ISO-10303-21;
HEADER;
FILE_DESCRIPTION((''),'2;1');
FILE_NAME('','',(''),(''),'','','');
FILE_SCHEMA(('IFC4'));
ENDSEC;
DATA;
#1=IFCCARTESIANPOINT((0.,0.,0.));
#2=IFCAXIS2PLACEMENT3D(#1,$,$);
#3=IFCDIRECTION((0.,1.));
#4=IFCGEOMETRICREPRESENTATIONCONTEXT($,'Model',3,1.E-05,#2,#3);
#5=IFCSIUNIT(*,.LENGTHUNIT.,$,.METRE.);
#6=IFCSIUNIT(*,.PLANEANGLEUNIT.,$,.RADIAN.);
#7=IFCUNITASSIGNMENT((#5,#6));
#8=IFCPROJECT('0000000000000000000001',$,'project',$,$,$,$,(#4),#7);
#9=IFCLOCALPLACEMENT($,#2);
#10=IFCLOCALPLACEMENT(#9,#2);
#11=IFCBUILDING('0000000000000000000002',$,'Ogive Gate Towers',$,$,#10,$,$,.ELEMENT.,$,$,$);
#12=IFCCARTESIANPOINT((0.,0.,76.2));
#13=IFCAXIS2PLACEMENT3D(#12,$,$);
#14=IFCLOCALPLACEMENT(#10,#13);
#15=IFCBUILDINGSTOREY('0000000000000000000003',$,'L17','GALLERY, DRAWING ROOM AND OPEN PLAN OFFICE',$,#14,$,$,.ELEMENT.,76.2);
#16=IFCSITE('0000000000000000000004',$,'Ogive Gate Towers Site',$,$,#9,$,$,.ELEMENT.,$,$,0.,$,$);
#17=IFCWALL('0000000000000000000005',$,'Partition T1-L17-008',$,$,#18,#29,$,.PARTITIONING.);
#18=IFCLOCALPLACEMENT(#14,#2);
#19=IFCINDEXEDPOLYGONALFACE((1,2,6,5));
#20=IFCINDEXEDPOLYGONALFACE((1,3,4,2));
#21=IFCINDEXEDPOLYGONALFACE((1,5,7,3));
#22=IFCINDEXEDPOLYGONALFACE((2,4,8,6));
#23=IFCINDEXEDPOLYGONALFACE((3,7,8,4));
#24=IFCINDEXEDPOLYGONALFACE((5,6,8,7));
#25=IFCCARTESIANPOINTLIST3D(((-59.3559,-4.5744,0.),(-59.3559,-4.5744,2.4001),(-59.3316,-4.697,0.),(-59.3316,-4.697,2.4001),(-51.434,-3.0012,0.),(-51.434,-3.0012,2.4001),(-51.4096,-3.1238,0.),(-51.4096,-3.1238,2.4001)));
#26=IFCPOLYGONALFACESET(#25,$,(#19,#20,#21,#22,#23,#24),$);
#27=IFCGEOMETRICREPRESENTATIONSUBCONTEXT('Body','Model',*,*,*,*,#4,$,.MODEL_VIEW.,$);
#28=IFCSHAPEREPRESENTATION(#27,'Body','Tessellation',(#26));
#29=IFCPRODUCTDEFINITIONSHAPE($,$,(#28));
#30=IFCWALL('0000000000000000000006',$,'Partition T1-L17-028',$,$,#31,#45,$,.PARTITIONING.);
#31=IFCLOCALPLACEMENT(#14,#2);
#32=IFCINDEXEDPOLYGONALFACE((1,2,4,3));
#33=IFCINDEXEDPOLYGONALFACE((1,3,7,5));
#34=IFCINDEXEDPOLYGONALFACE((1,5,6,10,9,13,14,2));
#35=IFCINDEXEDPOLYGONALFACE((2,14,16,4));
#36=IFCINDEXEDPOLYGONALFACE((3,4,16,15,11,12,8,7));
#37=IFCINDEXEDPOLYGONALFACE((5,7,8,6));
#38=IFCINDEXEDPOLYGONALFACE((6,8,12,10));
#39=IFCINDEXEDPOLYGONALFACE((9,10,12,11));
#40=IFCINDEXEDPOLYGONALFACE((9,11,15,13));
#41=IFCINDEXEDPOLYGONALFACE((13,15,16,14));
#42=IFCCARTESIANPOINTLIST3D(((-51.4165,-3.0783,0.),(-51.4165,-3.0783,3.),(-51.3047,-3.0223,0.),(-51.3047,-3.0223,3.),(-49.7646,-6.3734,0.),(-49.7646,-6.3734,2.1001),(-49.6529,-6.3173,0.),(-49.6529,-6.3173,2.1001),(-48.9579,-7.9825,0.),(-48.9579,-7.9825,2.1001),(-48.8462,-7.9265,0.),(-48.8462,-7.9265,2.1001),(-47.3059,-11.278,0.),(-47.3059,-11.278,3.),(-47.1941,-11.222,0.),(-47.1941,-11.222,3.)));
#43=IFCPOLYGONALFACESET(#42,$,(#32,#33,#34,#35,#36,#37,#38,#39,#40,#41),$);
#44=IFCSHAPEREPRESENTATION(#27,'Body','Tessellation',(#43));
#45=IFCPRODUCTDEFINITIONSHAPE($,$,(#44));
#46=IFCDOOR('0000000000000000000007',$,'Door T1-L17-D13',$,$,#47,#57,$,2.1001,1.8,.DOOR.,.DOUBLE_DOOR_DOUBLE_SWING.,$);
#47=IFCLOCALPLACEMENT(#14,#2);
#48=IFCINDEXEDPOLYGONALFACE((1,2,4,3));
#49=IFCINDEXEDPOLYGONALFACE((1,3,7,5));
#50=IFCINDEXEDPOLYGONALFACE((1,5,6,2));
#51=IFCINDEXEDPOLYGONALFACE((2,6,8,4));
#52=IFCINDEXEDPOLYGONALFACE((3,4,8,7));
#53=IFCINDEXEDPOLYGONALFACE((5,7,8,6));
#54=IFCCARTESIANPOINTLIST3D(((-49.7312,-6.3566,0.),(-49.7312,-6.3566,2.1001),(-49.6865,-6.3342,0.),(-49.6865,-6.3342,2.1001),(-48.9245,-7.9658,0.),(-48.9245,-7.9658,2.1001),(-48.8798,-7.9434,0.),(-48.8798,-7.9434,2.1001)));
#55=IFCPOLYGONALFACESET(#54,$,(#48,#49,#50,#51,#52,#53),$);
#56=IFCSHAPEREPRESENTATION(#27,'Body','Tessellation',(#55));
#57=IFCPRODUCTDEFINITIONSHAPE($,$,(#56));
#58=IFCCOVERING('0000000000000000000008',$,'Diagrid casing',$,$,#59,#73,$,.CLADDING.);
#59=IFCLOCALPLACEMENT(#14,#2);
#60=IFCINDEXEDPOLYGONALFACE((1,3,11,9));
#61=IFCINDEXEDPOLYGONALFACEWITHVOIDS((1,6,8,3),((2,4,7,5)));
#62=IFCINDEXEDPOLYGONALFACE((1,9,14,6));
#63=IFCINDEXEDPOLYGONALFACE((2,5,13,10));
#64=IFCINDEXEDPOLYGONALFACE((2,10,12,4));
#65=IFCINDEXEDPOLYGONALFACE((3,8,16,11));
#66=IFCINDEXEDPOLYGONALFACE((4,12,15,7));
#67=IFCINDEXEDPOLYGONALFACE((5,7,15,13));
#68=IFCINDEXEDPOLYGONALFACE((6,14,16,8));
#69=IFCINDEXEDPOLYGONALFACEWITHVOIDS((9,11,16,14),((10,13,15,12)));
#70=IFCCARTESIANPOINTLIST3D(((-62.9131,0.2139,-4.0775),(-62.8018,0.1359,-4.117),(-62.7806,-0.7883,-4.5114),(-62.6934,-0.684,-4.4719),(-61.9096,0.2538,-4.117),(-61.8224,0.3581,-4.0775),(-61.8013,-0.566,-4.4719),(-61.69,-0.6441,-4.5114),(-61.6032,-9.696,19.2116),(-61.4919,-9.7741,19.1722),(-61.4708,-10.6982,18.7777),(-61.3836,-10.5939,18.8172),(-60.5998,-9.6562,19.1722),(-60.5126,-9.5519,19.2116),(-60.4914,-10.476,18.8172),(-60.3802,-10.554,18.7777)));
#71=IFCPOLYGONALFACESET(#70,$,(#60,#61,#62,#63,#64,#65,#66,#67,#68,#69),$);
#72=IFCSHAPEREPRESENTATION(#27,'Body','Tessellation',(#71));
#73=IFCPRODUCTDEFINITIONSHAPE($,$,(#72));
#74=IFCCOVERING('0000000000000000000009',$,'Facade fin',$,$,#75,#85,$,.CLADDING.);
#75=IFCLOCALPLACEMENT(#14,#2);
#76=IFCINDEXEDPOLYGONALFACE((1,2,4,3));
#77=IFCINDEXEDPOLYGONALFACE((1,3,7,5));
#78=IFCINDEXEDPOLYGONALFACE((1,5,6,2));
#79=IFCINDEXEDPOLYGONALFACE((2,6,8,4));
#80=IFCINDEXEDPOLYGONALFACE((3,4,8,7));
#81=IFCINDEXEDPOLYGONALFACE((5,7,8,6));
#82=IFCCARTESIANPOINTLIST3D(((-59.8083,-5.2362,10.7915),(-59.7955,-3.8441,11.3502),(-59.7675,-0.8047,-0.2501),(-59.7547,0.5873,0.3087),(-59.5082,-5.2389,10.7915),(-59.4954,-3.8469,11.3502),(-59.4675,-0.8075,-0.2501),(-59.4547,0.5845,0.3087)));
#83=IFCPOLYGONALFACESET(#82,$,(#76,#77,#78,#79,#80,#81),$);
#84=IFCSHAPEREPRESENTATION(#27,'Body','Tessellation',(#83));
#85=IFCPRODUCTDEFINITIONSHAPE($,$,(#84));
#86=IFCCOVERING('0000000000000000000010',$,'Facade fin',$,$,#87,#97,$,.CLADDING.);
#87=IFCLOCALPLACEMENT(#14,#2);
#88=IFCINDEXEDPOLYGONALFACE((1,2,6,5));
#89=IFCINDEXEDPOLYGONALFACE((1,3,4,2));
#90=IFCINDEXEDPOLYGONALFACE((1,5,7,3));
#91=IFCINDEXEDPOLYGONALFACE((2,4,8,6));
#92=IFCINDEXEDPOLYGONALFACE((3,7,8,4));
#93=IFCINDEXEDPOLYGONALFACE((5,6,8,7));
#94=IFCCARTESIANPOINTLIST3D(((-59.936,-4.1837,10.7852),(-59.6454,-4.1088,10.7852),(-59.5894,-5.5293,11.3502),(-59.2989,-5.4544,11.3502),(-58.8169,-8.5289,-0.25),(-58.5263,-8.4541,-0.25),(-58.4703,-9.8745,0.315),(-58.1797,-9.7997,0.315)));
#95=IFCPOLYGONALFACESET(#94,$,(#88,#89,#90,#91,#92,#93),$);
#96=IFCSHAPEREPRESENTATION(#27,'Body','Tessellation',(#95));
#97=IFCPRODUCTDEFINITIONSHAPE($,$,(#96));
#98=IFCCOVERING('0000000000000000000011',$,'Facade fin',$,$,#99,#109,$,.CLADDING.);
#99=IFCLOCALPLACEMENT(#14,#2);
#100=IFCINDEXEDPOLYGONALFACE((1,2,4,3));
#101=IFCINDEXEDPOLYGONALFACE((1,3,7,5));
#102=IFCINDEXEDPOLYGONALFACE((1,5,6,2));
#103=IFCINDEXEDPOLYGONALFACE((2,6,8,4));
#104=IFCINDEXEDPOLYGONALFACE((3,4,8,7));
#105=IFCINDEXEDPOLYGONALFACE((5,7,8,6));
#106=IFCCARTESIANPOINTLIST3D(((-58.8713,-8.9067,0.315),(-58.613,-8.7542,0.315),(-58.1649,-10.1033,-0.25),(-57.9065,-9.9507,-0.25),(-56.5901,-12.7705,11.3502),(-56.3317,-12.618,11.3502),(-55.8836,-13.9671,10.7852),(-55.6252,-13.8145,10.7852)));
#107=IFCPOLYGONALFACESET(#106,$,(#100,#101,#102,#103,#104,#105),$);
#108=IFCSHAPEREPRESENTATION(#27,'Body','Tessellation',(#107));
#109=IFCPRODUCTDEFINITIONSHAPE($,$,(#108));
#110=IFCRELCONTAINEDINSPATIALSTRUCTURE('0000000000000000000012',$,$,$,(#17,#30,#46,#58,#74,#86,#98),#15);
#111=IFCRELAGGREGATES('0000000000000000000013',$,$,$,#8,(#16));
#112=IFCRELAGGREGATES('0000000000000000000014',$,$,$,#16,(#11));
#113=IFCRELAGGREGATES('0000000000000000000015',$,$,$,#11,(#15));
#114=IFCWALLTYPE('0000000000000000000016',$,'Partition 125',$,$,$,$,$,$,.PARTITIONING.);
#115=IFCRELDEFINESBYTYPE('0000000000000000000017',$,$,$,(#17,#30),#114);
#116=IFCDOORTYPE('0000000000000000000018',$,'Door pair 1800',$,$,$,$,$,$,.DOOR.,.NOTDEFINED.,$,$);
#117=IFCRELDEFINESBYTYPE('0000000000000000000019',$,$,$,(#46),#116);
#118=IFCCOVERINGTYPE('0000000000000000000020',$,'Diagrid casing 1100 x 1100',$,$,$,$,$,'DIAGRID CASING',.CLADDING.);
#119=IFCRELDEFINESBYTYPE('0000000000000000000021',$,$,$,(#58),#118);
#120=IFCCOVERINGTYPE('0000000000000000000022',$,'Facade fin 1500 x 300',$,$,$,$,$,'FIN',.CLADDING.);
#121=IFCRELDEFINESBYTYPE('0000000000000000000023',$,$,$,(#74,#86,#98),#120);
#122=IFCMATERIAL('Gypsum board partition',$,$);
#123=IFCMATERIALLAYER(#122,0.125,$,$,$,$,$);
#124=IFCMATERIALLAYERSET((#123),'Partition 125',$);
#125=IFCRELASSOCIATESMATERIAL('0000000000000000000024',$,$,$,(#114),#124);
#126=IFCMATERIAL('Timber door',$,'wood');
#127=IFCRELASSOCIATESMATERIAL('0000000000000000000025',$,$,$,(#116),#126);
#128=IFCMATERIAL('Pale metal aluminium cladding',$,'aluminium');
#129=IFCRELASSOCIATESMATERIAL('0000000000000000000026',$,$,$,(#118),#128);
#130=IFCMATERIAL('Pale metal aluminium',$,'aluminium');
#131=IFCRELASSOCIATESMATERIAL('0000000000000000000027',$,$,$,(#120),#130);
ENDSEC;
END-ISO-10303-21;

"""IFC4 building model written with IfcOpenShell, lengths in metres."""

from ifc_helpers import new_model, si_unit, direction, frame, frame_2d, origin, origin_2d, place, context, subcontext, project, spatial, rectangle, hollow_rectangle, extrude, material, layer, layer_set, material_profile, profile_set, type_object, element, fill, save


model = new_model("IFC4")

# Units and contexts
model_context = context("Model", 3, precision=1e-05, world=origin(), true_north=direction((0.0, 1.0)))
body_context = subcontext(model_context, "Body", "Model", "MODEL_VIEW")
ifc_project = project(units=[si_unit("LENGTHUNIT", "METRE"), si_unit("PLANEANGLEUNIT", "RADIAN")], contexts=[model_context])

# Site, building, storey
site_placement = place(None, origin())
site = spatial("IfcSite", under=ifc_project, at=site_placement, Name="Ogive Gate Towers Site", CompositionType="ELEMENT", RefElevation=0.0)
building_placement = place(site_placement, origin())
building = spatial("IfcBuilding", under=site, at=building_placement, Name="Ogive Gate Towers", CompositionType="ELEMENT")
storey_placement = place(building_placement, frame((0.0, 0.0, 76.2)))
storey = spatial("IfcBuildingStorey", under=building, at=storey_placement, Name="L17", Description="GALLERY, DRAWING ROOM AND OPEN PLAN OFFICE", CompositionType="ELEMENT", Elevation=76.2)

# Shared definitions
ifc_material_1 = material(Name="Pale metal aluminium", Category="aluminium")

# Wall
ifc_material_2 = material(Name="Gypsum board partition")
ifc_layer_1 = layer(ifc_material_2, 0.125)
ifc_layer_set_1 = layer_set([ifc_layer_1], Name="Partition 125")
wall_type = type_object("IfcWallType", Name="Partition 125", PredefinedType="PARTITIONING", material=ifc_layer_set_1)
wall_1_placement = place(storey_placement, frame((-59.3438, -4.6357, 0.0), z_axis=(0.0, 0.0, 1.0), x_axis=(0.980845, 0.194791, 0.0)))
element("IfcWall", 1, at=wall_1_placement, inside=storey, type_object=wall_type, Name="Partition T1-L17-008", PredefinedType="PARTITIONING", context=body_context, shape_type="SweptSolid", body=[
    extrude(rectangle(XDim=8.0767, YDim=0.125, at=frame_2d((4.0383, 0.0))), origin(), (0.0, 0.0, 1.0), 2.4001),
])

# Wall, opening, door
wall_2_placement = place(storey_placement, frame((-51.3606, -3.0503, 0.0), z_axis=(0.0, 0.0, 1.0), x_axis=(0.44815, -0.893958, 0.0)))
wall_2 = element("IfcWall", 2, at=wall_2_placement, inside=storey, type_object=wall_type, Name="Partition T1-L17-028", PredefinedType="PARTITIONING", context=body_context, shape_type="SweptSolid", body=[
    extrude(rectangle(XDim=9.1724, YDim=0.125, at=frame_2d((4.5862, 0.0))), origin(), (0.0, 0.0, 1.0), 3.0),
])
opening_placement = place(wall_2_placement, frame((3.686, 0.0, 0.0)))
opening = element("IfcOpeningElement", 3, at=opening_placement, cuts=wall_2, PredefinedType="OPENING", context=body_context, shape_type="SweptSolid", body=[
    extrude(rectangle(XDim=1.8, YDim=2.1001, at=frame_2d((0.8999, 1.05))), frame((0.0, 0.0725, 0.0), z_axis=(0.0, -1.0, 0.0), x_axis=(1.0, 0.0, 0.0)), (0.0, 0.0, 1.0), 0.145),
])
ifc_material_3 = material(Name="Timber door", Category="wood")
door_type = type_object("IfcDoorType", Name="Door pair 1800", OperationType="NOTDEFINED", PredefinedType="DOOR", material=ifc_material_3)
door_placement = place(opening_placement, origin())
door = element("IfcDoor", 4, at=door_placement, inside=storey, type_object=door_type, Name="Door T1-L17-D13", OperationType="DOUBLE_DOOR_DOUBLE_SWING", OverallHeight=2.1001, OverallWidth=1.8, PredefinedType="DOOR", context=body_context, shape_type="SweptSolid", body=[
    extrude(rectangle(XDim=1.8, YDim=2.1001, at=frame_2d((0.8999, 1.05))), frame((0.0, 0.0249, 0.0), z_axis=(0.0, -1.0, 0.0), x_axis=(1.0, 0.0, 0.0)), (0.0, 0.0, 1.0), 0.05),
])
fill(opening, door)

# Coverings
ifc_material_4 = material(Name="Pale metal aluminium cladding", Category="aluminium")
ifc_material_profile_1 = material_profile(ifc_material_4, hollow_rectangle(XDim=1.1001, YDim=1.1001, WallThickness=0.1001, at=origin_2d()), Name="1100 x 1100 pale metal casing")
ifc_profile_set_1 = profile_set([ifc_material_profile_1], Name="Pale metal aluminium cladding")
covering_type_1 = type_object("IfcCoveringType", Name="Diagrid casing 1100 x 1100", ElementType="DIAGRID CASING", PredefinedType="CLADDING", material=ifc_profile_set_1)
covering_1_placement = place(storey_placement, frame((-62.3015, -0.2151, -4.2944), z_axis=(0.051682, -0.391021, 0.91893), x_axis=(0.991378, 0.131033, 0.0)))
element("IfcCovering", 5, at=covering_1_placement, inside=storey, type_object=covering_type_1, Name="Diagrid casing", PredefinedType="CLADDING", context=body_context, shape_type="SweptSolid", body=[
    extrude(hollow_rectangle(XDim=1.1001, YDim=1.1001, WallThickness=0.1001, at=origin_2d()), origin(), (0.0, 0.0, 1.0), 25.3438),
])
ifc_material_profile_2 = material_profile(ifc_material_1, rectangle(XDim=0.3, YDim=1.5, at=origin_2d()), Name="1500 x 300 pale metal aluminium")
ifc_profile_set_2 = profile_set([ifc_material_profile_2], Name="Pale metal aluminium")
covering_type_2 = type_object("IfcCoveringType", Name="Facade fin 1500 x 300", ElementType="FIN", PredefinedType="CLADDING", material=ifc_profile_set_2)
covering_2_placement = place(storey_placement, frame((-59.6111, -0.1101, 0.0293), z_axis=(-0.003427, -0.37246, 0.928042), x_axis=(0.999958, -0.0092, 0.0)))
element("IfcCovering", 6, at=covering_2_placement, inside=storey, type_object=covering_type_2, Name="Facade fin", PredefinedType="CLADDING", context=body_context, shape_type="SweptSolid", body=[
    extrude(rectangle(XDim=0.3, YDim=1.5, at=origin_2d()), origin(), (0.0, 0.0, 1.0), 11.8977),
])
for number, where, z_axis, x_axis, name in (
    (7, (-58.4983, -9.1643, 0.0325), (-0.093947, 0.36476, 0.92635), (-0.968396, -0.249417, 0.0), "Facade fin"),
    (8, (-58.3889, -9.4287, 0.0325), (0.191501, -0.324346, 0.926352), (0.861111, 0.508418, 0.0), "Facade fin"),
):
    element("IfcCovering", number, at=place(storey_placement, frame(where, z_axis=z_axis, x_axis=x_axis)), inside=storey, type_object=covering_type_2, Name=name, PredefinedType="CLADDING", context=body_context, shape_type="SweptSolid", body=[
        extrude(rectangle(XDim=0.3, YDim=1.5, at=origin_2d()), origin(), (0.0, 0.0, 1.0), 11.9126),
    ])

save(model, "model.ifc")
